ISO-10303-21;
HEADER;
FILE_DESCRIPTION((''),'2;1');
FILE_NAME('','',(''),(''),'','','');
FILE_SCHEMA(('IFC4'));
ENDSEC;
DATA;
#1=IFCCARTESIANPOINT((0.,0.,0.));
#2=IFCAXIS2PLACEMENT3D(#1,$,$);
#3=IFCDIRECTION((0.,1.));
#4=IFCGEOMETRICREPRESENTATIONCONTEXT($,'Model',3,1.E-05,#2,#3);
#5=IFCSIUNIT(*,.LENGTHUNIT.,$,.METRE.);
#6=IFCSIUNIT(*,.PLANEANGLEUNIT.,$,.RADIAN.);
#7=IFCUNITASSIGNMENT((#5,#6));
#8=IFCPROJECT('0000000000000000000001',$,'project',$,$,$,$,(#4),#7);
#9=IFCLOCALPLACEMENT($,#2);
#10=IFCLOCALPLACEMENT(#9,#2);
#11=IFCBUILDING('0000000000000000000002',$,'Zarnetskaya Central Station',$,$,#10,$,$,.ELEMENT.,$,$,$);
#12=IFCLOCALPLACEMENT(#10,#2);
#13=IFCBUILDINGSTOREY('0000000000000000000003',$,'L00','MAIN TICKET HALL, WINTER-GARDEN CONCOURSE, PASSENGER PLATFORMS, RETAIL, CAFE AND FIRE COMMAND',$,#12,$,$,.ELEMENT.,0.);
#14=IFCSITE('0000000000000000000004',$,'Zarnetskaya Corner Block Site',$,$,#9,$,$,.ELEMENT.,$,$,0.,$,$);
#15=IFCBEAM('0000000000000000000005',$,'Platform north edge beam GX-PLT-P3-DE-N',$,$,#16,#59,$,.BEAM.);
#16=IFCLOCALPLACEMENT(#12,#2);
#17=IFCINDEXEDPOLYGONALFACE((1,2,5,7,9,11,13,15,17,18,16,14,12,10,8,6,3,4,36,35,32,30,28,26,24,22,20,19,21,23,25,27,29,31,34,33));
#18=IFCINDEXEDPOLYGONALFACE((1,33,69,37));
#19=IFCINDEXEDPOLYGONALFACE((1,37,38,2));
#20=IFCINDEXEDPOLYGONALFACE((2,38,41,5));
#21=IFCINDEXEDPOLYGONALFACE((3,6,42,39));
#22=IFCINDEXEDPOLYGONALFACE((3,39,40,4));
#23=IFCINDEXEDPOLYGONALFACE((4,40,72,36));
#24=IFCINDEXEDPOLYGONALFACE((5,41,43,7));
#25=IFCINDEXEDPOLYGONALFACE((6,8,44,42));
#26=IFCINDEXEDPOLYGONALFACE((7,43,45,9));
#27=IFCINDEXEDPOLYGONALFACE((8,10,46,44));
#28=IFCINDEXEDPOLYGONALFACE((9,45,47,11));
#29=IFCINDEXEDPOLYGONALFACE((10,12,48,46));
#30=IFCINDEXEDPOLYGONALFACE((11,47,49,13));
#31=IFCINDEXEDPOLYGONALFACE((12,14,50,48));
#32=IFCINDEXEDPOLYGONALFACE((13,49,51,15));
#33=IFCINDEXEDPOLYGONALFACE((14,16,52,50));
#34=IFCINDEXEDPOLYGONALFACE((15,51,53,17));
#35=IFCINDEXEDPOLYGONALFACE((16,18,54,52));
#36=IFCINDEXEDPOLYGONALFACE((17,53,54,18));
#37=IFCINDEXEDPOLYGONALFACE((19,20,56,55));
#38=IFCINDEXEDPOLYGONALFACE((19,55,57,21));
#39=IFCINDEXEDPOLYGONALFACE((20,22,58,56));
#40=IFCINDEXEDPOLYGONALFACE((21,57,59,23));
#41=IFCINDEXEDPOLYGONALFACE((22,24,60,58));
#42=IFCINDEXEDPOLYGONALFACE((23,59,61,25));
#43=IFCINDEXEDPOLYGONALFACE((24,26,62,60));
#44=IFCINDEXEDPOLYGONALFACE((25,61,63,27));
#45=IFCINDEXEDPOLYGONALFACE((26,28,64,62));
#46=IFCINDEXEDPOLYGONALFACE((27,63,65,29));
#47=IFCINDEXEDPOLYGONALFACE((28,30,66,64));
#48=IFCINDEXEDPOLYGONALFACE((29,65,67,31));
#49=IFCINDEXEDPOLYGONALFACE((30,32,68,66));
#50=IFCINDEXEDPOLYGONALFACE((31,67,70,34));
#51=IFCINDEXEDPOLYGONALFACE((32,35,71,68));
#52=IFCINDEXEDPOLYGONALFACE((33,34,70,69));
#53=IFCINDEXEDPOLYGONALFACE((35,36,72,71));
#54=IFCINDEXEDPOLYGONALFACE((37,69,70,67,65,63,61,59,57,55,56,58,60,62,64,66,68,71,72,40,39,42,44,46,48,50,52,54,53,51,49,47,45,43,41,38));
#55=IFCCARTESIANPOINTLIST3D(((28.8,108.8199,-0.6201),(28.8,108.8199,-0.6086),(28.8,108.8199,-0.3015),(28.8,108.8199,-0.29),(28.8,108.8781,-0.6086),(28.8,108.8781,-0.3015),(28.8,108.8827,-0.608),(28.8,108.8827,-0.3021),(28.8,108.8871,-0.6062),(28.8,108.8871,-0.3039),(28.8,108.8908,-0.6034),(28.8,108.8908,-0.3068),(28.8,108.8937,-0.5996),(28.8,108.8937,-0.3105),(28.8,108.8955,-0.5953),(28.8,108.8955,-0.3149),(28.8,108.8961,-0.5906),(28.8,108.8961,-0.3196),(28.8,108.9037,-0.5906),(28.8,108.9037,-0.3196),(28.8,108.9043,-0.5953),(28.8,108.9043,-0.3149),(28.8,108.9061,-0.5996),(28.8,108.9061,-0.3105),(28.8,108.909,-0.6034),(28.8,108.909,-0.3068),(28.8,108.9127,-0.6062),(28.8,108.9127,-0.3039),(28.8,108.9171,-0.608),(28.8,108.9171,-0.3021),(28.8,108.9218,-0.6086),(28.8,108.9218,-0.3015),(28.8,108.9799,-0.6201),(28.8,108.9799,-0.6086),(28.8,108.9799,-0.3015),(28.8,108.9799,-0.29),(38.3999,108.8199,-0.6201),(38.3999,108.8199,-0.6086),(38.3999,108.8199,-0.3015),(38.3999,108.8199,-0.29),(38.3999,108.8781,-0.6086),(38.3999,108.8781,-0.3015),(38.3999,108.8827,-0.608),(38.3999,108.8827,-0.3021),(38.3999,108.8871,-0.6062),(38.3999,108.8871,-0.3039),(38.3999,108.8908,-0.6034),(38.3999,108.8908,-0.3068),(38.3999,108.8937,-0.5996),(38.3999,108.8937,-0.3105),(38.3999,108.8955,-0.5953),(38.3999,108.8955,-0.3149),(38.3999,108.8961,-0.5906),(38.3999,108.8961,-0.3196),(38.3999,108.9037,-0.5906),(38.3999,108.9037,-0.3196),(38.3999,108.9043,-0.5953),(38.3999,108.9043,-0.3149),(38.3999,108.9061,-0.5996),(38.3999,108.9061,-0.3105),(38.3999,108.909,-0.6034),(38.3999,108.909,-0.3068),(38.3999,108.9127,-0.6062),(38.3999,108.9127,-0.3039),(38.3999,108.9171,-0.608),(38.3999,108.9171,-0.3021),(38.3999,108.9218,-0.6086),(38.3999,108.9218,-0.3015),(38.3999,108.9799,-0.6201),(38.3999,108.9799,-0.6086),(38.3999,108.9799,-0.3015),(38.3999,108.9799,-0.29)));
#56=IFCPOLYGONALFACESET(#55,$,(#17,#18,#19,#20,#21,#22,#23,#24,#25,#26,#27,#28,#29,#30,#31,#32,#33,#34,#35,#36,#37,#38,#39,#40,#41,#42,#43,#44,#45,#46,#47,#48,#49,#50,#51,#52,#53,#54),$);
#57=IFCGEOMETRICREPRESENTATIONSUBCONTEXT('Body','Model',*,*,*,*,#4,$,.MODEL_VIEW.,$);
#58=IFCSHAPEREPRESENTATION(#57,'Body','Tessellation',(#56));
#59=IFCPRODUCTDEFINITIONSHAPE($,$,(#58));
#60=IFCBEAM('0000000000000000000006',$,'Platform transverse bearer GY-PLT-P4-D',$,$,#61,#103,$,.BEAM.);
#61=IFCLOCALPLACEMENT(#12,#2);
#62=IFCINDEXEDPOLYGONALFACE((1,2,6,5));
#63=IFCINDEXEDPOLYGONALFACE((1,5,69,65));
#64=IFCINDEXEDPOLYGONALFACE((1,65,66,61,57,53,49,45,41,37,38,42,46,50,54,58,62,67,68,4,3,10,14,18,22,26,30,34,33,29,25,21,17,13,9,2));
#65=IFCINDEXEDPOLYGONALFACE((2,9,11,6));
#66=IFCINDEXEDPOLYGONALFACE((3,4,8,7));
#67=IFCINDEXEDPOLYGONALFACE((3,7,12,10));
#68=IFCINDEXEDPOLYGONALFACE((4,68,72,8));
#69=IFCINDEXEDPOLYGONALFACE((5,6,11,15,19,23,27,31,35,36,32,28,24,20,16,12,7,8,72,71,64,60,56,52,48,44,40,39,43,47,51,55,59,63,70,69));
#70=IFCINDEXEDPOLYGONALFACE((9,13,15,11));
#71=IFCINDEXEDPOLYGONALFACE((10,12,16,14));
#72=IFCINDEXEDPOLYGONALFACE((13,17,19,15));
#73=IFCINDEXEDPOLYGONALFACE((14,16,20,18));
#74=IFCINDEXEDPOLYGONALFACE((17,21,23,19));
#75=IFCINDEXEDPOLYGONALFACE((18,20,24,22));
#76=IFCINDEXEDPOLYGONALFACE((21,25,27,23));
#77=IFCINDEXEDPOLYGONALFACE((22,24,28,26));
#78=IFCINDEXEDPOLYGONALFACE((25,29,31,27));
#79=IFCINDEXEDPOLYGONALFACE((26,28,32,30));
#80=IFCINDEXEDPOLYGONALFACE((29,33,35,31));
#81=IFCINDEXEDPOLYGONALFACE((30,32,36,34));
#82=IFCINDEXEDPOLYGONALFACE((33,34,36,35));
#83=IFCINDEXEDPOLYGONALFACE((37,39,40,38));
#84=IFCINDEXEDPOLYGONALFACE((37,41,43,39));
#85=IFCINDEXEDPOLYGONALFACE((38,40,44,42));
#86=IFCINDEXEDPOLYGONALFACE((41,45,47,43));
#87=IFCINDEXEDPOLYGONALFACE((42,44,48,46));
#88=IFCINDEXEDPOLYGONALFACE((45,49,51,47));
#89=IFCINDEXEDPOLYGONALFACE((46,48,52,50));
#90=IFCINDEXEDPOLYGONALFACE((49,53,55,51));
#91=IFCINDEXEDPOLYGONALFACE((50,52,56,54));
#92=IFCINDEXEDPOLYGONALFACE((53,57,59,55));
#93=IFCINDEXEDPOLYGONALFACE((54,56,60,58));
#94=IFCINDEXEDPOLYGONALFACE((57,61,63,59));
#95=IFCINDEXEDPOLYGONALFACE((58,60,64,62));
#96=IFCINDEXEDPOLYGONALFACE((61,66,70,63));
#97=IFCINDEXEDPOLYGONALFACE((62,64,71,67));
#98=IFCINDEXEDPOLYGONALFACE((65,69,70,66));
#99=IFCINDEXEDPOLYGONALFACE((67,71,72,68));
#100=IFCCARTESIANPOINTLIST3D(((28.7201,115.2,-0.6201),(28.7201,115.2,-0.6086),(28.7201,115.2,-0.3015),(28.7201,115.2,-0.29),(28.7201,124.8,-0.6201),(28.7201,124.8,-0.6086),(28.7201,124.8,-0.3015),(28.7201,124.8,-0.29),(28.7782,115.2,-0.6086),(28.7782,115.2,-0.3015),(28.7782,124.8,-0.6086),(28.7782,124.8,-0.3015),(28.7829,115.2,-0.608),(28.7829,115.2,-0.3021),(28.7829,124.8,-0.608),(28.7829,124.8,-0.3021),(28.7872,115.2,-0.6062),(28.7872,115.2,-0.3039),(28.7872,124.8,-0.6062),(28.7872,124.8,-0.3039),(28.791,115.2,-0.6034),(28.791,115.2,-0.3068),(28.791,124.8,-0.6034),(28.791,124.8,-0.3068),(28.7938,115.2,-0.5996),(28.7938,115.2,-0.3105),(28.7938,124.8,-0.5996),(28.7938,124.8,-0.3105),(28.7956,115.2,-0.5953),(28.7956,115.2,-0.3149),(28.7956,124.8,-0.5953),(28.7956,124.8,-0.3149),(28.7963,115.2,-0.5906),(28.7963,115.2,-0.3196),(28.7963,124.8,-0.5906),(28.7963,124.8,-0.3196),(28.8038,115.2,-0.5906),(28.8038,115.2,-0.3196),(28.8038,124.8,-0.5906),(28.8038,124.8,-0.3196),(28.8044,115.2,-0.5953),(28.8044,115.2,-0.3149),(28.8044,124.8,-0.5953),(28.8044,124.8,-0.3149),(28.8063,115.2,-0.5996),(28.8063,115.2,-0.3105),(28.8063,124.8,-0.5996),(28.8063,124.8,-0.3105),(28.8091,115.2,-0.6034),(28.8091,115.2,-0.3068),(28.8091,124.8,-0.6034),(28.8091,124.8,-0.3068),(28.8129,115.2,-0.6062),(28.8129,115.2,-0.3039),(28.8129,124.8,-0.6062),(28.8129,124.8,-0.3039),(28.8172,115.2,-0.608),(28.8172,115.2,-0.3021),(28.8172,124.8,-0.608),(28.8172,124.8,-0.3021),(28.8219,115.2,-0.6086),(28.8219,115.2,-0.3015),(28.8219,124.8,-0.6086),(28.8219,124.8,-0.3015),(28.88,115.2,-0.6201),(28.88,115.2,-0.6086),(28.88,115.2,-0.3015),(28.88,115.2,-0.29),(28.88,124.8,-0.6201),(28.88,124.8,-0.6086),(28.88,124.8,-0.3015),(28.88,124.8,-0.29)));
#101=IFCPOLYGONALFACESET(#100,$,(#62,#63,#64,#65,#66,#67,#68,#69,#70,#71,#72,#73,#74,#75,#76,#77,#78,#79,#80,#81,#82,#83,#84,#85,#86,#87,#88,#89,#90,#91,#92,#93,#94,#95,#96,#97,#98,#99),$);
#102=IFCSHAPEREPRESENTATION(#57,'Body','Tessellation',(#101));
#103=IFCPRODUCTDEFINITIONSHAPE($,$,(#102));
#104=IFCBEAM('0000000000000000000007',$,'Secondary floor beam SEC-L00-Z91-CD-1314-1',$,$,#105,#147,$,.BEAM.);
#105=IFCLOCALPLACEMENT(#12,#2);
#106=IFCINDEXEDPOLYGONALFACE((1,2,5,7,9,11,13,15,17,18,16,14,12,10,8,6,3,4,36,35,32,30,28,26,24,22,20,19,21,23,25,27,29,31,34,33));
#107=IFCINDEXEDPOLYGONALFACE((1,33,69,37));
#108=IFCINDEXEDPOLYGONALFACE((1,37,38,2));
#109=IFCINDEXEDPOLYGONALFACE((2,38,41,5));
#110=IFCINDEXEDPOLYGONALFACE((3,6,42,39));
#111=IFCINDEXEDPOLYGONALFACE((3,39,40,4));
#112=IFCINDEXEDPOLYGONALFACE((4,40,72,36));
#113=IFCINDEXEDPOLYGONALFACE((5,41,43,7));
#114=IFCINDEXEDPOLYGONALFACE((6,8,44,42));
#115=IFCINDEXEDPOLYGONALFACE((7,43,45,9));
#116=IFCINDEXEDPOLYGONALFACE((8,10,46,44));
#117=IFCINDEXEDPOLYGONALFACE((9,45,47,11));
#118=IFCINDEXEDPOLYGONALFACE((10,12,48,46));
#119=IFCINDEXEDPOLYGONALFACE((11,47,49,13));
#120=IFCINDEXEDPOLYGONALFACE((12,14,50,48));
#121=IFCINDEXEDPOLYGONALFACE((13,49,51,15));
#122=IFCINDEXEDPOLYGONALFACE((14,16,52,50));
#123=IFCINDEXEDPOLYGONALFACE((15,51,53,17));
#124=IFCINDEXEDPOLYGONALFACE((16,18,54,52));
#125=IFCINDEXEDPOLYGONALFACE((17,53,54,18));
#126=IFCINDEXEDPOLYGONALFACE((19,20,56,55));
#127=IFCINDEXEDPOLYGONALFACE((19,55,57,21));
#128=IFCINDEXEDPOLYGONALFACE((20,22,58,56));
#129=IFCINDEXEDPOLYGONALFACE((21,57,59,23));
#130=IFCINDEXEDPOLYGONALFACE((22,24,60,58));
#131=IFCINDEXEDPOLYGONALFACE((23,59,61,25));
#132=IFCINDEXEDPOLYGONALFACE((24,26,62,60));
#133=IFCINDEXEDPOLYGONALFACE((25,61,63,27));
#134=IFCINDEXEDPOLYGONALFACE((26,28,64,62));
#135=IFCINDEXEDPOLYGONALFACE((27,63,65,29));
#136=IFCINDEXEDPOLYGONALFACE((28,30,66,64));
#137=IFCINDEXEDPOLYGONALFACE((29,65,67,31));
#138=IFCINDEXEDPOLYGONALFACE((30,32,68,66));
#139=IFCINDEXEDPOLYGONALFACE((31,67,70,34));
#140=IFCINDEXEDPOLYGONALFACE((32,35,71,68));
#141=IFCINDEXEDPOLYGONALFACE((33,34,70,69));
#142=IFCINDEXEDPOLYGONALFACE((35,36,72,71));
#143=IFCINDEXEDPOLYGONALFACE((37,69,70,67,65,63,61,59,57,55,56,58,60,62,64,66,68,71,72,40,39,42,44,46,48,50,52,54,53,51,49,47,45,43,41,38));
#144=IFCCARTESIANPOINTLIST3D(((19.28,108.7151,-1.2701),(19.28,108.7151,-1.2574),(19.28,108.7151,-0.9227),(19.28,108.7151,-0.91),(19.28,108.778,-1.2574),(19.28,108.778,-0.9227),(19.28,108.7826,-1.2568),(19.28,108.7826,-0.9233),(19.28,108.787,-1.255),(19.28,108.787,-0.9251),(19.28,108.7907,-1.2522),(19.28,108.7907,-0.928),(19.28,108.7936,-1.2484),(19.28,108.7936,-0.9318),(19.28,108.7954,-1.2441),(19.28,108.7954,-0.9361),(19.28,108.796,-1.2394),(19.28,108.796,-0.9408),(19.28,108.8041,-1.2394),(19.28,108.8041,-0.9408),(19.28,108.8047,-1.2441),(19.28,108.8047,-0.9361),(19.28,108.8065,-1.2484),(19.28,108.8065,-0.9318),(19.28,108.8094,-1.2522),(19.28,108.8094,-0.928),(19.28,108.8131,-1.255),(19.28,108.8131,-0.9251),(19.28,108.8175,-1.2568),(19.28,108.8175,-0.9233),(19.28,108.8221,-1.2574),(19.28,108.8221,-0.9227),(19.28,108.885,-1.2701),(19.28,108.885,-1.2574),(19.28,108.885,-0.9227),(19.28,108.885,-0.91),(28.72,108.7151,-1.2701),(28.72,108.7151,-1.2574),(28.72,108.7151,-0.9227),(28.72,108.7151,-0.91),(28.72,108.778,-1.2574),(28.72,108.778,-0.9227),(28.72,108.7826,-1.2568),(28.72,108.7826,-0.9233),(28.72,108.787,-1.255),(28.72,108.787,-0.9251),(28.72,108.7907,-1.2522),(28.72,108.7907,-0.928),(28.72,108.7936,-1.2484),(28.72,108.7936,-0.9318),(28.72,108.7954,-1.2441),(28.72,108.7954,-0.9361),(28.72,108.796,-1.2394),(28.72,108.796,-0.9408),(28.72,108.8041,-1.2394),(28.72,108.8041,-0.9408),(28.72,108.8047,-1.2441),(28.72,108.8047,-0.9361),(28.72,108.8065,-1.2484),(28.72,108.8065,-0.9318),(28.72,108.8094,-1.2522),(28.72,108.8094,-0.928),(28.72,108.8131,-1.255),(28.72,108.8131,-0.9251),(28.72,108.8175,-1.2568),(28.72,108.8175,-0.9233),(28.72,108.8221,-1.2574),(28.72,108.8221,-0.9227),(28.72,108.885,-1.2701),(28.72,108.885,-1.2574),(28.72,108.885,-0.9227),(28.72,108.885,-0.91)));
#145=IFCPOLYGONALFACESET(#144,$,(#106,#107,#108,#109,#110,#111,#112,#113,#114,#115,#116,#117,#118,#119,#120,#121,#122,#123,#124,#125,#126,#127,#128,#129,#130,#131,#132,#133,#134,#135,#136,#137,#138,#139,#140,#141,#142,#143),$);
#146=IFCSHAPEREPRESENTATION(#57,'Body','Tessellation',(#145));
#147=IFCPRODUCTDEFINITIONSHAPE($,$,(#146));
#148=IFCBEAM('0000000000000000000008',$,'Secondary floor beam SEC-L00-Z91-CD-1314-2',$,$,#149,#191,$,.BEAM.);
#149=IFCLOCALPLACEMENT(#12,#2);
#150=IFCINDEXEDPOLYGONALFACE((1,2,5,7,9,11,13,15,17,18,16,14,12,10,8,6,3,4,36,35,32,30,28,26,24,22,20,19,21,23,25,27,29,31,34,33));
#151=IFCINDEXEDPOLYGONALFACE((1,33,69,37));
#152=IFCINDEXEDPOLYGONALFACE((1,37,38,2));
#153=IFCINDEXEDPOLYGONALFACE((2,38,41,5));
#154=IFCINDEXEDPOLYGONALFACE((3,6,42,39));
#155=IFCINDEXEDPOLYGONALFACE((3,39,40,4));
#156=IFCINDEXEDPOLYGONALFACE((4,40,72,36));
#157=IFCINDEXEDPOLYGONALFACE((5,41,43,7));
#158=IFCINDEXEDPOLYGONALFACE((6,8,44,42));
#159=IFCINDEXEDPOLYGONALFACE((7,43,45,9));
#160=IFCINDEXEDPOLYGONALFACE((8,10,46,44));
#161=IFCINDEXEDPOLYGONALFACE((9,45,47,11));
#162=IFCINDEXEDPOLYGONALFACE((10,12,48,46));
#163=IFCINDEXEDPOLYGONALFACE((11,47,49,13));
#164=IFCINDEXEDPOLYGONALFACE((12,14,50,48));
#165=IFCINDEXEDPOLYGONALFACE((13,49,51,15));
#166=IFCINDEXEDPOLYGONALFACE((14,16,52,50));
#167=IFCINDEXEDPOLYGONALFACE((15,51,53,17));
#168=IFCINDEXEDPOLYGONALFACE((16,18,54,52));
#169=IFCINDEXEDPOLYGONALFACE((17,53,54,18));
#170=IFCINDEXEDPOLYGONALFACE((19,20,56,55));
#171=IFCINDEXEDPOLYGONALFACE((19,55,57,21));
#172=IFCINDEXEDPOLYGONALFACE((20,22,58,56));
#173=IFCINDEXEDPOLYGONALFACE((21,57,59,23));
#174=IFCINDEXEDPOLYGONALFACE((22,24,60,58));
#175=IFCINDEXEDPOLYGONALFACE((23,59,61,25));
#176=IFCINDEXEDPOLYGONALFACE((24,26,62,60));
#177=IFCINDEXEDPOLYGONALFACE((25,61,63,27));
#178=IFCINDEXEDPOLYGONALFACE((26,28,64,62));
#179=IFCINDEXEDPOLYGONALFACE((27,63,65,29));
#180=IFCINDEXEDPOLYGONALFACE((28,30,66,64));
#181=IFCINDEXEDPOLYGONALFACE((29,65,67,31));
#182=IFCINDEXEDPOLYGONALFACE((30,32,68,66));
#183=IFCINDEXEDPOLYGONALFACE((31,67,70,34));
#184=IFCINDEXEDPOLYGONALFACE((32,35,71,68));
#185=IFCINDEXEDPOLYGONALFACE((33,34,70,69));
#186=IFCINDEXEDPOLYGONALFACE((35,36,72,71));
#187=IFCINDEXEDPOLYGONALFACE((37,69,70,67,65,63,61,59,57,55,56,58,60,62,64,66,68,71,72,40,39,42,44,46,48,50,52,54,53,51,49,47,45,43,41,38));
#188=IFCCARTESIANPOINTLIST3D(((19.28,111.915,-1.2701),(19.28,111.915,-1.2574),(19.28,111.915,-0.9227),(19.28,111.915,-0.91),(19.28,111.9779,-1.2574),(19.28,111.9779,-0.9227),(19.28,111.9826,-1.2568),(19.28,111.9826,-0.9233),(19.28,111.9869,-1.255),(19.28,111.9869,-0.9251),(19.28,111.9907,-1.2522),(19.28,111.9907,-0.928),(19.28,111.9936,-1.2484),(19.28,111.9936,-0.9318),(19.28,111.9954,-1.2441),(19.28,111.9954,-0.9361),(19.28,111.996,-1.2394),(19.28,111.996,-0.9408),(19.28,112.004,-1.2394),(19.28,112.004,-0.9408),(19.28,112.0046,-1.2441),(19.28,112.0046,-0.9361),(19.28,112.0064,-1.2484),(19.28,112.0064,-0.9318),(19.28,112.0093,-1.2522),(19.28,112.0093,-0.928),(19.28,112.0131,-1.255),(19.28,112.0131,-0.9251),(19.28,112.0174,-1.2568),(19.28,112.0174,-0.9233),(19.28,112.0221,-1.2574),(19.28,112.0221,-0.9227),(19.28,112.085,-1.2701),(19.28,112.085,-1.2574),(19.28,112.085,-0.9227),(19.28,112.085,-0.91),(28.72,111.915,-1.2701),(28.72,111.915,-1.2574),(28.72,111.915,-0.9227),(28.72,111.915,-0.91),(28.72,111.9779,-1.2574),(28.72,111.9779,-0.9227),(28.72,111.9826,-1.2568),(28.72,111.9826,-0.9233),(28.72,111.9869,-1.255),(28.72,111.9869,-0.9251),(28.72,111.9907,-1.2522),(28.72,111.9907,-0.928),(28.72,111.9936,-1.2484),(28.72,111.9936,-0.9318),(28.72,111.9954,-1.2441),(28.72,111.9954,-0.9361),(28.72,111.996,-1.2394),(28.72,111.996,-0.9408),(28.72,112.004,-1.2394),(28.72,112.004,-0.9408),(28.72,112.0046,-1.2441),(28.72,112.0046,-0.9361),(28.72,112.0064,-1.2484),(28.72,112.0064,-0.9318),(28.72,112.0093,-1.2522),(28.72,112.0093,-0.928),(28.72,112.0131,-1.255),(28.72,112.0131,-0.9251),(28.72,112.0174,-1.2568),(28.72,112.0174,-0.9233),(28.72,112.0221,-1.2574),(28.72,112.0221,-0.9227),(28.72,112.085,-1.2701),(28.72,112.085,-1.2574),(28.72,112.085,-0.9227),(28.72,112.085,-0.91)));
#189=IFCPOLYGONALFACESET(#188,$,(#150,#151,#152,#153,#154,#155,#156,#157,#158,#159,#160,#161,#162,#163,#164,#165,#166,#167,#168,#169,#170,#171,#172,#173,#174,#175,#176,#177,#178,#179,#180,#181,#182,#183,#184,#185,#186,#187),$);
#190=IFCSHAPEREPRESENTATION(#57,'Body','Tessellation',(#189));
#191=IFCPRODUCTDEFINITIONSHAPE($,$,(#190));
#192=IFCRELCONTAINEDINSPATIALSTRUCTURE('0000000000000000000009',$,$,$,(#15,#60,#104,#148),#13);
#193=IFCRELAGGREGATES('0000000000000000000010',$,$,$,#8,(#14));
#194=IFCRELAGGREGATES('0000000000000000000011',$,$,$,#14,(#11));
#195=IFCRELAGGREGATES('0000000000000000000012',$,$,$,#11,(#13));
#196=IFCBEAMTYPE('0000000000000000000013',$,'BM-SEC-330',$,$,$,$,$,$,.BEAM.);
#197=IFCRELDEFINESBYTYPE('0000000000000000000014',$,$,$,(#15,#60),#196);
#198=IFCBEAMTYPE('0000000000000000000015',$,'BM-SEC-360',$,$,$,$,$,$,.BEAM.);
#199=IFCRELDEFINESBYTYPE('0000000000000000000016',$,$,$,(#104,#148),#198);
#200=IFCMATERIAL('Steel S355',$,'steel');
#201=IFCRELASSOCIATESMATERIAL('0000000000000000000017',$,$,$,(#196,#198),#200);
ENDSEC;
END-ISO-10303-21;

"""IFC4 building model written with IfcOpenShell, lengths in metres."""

from ifc_helpers import new_model, si_unit, direction, frame, origin, origin_2d, place, context, subcontext, project, spatial, i_section, extrude, material, material_profile, profile_set, type_object, element, save


model = new_model("IFC4")

# Units and contexts
model_context = context("Model", 3, precision=1e-05, world=origin(), true_north=direction((0.0, 1.0)))
body_context = subcontext(model_context, "Body", "Model", "MODEL_VIEW")
ifc_project = project(units=[si_unit("LENGTHUNIT", "METRE"), si_unit("PLANEANGLEUNIT", "RADIAN")], contexts=[model_context])

# Site, building, storey
site_placement = place(None, origin())
site = spatial("IfcSite", under=ifc_project, at=site_placement, Name="Zarnetskaya Corner Block Site", CompositionType="ELEMENT", RefElevation=0.0)
building_placement = place(site_placement, origin())
building = spatial("IfcBuilding", under=site, at=building_placement, Name="Zarnetskaya Central Station", CompositionType="ELEMENT")
storey_placement = place(building_placement, origin())
storey = spatial("IfcBuildingStorey", under=building, at=storey_placement, Name="L00", Description="MAIN TICKET HALL, WINTER-GARDEN CONCOURSE, PASSENGER PLATFORMS, RETAIL, CAFE AND FIRE COMMAND", CompositionType="ELEMENT", Elevation=0.0)

# Shared definitions
ifc_material = material(Name="Steel S355", Category="steel")

# Beams
ifc_material_profile_1 = material_profile(ifc_material, i_section(OverallWidth=0.1599, OverallDepth=0.3301, WebThickness=0.0076, FlangeThickness=0.0115, FilletRadius=0.0181, at=origin_2d()), Name="IPE 330")
ifc_profile_set_1 = profile_set([ifc_material_profile_1], Name="Steel S355")
beam_type_1 = type_object("IfcBeamType", Name="BM-SEC-330", PredefinedType="BEAM", material=ifc_profile_set_1)
beam_1_placement = place(storey_placement, frame((28.8, 108.8999, -0.4551), z_axis=(1.0, 0.0, 0.0), x_axis=(0.0, 1.0, 0.0)))
element("IfcBeam", 1, at=beam_1_placement, inside=storey, type_object=beam_type_1, Name="Platform north edge beam GX-PLT-P3-DE-N", PredefinedType="BEAM", context=body_context, shape_type="SweptSolid", body=[
    extrude(i_section(OverallWidth=0.1599, OverallDepth=0.3301, WebThickness=0.0076, FlangeThickness=0.0115, FilletRadius=0.0181, at=origin_2d()), origin(), (0.0, 0.0, 1.0), 9.5999),
])
beam_2_placement = place(storey_placement, frame((28.8, 115.2, -0.4551), z_axis=(0.0, 1.0, 0.0), x_axis=(-1.0, 0.0, 0.0)))
element("IfcBeam", 2, at=beam_2_placement, inside=storey, type_object=beam_type_1, Name="Platform transverse bearer GY-PLT-P4-D", PredefinedType="BEAM", context=body_context, shape_type="SweptSolid", body=[
    extrude(i_section(OverallWidth=0.1599, OverallDepth=0.3301, WebThickness=0.0076, FlangeThickness=0.0115, FilletRadius=0.0181, at=origin_2d()), origin(), (0.0, 0.0, 1.0), 9.6001),
])
ifc_material_profile_2 = material_profile(ifc_material, i_section(OverallWidth=0.1699, OverallDepth=0.3601, WebThickness=0.0081, FlangeThickness=0.0127, FilletRadius=0.0181, at=origin_2d()), Name="IPE 360")
ifc_profile_set_2 = profile_set([ifc_material_profile_2], Name="Steel S355")
beam_type_2 = type_object("IfcBeamType", Name="BM-SEC-360", PredefinedType="BEAM", material=ifc_profile_set_2)
for number, where, z_axis, x_axis, name in (
    (3, (19.28, 108.8, -1.0901), (1.0, 0.0, 0.0), (0.0, 1.0, 0.0), "Secondary floor beam SEC-L00-Z91-CD-1314-1"),
    (4, (19.28, 112.0, -1.0901), (1.0, 0.0, 0.0), (0.0, 1.0, 0.0), "Secondary floor beam SEC-L00-Z91-CD-1314-2"),
):
    element("IfcBeam", number, at=place(storey_placement, frame(where, z_axis=z_axis, x_axis=x_axis)), inside=storey, type_object=beam_type_2, Name=name, PredefinedType="BEAM", context=body_context, shape_type="SweptSolid", body=[
        extrude(i_section(OverallWidth=0.1699, OverallDepth=0.3601, WebThickness=0.0081, FlangeThickness=0.0127, FilletRadius=0.0181, at=origin_2d()), origin(), (0.0, 0.0, 1.0), 9.4399),
    ])

save(model, "model.ifc")
